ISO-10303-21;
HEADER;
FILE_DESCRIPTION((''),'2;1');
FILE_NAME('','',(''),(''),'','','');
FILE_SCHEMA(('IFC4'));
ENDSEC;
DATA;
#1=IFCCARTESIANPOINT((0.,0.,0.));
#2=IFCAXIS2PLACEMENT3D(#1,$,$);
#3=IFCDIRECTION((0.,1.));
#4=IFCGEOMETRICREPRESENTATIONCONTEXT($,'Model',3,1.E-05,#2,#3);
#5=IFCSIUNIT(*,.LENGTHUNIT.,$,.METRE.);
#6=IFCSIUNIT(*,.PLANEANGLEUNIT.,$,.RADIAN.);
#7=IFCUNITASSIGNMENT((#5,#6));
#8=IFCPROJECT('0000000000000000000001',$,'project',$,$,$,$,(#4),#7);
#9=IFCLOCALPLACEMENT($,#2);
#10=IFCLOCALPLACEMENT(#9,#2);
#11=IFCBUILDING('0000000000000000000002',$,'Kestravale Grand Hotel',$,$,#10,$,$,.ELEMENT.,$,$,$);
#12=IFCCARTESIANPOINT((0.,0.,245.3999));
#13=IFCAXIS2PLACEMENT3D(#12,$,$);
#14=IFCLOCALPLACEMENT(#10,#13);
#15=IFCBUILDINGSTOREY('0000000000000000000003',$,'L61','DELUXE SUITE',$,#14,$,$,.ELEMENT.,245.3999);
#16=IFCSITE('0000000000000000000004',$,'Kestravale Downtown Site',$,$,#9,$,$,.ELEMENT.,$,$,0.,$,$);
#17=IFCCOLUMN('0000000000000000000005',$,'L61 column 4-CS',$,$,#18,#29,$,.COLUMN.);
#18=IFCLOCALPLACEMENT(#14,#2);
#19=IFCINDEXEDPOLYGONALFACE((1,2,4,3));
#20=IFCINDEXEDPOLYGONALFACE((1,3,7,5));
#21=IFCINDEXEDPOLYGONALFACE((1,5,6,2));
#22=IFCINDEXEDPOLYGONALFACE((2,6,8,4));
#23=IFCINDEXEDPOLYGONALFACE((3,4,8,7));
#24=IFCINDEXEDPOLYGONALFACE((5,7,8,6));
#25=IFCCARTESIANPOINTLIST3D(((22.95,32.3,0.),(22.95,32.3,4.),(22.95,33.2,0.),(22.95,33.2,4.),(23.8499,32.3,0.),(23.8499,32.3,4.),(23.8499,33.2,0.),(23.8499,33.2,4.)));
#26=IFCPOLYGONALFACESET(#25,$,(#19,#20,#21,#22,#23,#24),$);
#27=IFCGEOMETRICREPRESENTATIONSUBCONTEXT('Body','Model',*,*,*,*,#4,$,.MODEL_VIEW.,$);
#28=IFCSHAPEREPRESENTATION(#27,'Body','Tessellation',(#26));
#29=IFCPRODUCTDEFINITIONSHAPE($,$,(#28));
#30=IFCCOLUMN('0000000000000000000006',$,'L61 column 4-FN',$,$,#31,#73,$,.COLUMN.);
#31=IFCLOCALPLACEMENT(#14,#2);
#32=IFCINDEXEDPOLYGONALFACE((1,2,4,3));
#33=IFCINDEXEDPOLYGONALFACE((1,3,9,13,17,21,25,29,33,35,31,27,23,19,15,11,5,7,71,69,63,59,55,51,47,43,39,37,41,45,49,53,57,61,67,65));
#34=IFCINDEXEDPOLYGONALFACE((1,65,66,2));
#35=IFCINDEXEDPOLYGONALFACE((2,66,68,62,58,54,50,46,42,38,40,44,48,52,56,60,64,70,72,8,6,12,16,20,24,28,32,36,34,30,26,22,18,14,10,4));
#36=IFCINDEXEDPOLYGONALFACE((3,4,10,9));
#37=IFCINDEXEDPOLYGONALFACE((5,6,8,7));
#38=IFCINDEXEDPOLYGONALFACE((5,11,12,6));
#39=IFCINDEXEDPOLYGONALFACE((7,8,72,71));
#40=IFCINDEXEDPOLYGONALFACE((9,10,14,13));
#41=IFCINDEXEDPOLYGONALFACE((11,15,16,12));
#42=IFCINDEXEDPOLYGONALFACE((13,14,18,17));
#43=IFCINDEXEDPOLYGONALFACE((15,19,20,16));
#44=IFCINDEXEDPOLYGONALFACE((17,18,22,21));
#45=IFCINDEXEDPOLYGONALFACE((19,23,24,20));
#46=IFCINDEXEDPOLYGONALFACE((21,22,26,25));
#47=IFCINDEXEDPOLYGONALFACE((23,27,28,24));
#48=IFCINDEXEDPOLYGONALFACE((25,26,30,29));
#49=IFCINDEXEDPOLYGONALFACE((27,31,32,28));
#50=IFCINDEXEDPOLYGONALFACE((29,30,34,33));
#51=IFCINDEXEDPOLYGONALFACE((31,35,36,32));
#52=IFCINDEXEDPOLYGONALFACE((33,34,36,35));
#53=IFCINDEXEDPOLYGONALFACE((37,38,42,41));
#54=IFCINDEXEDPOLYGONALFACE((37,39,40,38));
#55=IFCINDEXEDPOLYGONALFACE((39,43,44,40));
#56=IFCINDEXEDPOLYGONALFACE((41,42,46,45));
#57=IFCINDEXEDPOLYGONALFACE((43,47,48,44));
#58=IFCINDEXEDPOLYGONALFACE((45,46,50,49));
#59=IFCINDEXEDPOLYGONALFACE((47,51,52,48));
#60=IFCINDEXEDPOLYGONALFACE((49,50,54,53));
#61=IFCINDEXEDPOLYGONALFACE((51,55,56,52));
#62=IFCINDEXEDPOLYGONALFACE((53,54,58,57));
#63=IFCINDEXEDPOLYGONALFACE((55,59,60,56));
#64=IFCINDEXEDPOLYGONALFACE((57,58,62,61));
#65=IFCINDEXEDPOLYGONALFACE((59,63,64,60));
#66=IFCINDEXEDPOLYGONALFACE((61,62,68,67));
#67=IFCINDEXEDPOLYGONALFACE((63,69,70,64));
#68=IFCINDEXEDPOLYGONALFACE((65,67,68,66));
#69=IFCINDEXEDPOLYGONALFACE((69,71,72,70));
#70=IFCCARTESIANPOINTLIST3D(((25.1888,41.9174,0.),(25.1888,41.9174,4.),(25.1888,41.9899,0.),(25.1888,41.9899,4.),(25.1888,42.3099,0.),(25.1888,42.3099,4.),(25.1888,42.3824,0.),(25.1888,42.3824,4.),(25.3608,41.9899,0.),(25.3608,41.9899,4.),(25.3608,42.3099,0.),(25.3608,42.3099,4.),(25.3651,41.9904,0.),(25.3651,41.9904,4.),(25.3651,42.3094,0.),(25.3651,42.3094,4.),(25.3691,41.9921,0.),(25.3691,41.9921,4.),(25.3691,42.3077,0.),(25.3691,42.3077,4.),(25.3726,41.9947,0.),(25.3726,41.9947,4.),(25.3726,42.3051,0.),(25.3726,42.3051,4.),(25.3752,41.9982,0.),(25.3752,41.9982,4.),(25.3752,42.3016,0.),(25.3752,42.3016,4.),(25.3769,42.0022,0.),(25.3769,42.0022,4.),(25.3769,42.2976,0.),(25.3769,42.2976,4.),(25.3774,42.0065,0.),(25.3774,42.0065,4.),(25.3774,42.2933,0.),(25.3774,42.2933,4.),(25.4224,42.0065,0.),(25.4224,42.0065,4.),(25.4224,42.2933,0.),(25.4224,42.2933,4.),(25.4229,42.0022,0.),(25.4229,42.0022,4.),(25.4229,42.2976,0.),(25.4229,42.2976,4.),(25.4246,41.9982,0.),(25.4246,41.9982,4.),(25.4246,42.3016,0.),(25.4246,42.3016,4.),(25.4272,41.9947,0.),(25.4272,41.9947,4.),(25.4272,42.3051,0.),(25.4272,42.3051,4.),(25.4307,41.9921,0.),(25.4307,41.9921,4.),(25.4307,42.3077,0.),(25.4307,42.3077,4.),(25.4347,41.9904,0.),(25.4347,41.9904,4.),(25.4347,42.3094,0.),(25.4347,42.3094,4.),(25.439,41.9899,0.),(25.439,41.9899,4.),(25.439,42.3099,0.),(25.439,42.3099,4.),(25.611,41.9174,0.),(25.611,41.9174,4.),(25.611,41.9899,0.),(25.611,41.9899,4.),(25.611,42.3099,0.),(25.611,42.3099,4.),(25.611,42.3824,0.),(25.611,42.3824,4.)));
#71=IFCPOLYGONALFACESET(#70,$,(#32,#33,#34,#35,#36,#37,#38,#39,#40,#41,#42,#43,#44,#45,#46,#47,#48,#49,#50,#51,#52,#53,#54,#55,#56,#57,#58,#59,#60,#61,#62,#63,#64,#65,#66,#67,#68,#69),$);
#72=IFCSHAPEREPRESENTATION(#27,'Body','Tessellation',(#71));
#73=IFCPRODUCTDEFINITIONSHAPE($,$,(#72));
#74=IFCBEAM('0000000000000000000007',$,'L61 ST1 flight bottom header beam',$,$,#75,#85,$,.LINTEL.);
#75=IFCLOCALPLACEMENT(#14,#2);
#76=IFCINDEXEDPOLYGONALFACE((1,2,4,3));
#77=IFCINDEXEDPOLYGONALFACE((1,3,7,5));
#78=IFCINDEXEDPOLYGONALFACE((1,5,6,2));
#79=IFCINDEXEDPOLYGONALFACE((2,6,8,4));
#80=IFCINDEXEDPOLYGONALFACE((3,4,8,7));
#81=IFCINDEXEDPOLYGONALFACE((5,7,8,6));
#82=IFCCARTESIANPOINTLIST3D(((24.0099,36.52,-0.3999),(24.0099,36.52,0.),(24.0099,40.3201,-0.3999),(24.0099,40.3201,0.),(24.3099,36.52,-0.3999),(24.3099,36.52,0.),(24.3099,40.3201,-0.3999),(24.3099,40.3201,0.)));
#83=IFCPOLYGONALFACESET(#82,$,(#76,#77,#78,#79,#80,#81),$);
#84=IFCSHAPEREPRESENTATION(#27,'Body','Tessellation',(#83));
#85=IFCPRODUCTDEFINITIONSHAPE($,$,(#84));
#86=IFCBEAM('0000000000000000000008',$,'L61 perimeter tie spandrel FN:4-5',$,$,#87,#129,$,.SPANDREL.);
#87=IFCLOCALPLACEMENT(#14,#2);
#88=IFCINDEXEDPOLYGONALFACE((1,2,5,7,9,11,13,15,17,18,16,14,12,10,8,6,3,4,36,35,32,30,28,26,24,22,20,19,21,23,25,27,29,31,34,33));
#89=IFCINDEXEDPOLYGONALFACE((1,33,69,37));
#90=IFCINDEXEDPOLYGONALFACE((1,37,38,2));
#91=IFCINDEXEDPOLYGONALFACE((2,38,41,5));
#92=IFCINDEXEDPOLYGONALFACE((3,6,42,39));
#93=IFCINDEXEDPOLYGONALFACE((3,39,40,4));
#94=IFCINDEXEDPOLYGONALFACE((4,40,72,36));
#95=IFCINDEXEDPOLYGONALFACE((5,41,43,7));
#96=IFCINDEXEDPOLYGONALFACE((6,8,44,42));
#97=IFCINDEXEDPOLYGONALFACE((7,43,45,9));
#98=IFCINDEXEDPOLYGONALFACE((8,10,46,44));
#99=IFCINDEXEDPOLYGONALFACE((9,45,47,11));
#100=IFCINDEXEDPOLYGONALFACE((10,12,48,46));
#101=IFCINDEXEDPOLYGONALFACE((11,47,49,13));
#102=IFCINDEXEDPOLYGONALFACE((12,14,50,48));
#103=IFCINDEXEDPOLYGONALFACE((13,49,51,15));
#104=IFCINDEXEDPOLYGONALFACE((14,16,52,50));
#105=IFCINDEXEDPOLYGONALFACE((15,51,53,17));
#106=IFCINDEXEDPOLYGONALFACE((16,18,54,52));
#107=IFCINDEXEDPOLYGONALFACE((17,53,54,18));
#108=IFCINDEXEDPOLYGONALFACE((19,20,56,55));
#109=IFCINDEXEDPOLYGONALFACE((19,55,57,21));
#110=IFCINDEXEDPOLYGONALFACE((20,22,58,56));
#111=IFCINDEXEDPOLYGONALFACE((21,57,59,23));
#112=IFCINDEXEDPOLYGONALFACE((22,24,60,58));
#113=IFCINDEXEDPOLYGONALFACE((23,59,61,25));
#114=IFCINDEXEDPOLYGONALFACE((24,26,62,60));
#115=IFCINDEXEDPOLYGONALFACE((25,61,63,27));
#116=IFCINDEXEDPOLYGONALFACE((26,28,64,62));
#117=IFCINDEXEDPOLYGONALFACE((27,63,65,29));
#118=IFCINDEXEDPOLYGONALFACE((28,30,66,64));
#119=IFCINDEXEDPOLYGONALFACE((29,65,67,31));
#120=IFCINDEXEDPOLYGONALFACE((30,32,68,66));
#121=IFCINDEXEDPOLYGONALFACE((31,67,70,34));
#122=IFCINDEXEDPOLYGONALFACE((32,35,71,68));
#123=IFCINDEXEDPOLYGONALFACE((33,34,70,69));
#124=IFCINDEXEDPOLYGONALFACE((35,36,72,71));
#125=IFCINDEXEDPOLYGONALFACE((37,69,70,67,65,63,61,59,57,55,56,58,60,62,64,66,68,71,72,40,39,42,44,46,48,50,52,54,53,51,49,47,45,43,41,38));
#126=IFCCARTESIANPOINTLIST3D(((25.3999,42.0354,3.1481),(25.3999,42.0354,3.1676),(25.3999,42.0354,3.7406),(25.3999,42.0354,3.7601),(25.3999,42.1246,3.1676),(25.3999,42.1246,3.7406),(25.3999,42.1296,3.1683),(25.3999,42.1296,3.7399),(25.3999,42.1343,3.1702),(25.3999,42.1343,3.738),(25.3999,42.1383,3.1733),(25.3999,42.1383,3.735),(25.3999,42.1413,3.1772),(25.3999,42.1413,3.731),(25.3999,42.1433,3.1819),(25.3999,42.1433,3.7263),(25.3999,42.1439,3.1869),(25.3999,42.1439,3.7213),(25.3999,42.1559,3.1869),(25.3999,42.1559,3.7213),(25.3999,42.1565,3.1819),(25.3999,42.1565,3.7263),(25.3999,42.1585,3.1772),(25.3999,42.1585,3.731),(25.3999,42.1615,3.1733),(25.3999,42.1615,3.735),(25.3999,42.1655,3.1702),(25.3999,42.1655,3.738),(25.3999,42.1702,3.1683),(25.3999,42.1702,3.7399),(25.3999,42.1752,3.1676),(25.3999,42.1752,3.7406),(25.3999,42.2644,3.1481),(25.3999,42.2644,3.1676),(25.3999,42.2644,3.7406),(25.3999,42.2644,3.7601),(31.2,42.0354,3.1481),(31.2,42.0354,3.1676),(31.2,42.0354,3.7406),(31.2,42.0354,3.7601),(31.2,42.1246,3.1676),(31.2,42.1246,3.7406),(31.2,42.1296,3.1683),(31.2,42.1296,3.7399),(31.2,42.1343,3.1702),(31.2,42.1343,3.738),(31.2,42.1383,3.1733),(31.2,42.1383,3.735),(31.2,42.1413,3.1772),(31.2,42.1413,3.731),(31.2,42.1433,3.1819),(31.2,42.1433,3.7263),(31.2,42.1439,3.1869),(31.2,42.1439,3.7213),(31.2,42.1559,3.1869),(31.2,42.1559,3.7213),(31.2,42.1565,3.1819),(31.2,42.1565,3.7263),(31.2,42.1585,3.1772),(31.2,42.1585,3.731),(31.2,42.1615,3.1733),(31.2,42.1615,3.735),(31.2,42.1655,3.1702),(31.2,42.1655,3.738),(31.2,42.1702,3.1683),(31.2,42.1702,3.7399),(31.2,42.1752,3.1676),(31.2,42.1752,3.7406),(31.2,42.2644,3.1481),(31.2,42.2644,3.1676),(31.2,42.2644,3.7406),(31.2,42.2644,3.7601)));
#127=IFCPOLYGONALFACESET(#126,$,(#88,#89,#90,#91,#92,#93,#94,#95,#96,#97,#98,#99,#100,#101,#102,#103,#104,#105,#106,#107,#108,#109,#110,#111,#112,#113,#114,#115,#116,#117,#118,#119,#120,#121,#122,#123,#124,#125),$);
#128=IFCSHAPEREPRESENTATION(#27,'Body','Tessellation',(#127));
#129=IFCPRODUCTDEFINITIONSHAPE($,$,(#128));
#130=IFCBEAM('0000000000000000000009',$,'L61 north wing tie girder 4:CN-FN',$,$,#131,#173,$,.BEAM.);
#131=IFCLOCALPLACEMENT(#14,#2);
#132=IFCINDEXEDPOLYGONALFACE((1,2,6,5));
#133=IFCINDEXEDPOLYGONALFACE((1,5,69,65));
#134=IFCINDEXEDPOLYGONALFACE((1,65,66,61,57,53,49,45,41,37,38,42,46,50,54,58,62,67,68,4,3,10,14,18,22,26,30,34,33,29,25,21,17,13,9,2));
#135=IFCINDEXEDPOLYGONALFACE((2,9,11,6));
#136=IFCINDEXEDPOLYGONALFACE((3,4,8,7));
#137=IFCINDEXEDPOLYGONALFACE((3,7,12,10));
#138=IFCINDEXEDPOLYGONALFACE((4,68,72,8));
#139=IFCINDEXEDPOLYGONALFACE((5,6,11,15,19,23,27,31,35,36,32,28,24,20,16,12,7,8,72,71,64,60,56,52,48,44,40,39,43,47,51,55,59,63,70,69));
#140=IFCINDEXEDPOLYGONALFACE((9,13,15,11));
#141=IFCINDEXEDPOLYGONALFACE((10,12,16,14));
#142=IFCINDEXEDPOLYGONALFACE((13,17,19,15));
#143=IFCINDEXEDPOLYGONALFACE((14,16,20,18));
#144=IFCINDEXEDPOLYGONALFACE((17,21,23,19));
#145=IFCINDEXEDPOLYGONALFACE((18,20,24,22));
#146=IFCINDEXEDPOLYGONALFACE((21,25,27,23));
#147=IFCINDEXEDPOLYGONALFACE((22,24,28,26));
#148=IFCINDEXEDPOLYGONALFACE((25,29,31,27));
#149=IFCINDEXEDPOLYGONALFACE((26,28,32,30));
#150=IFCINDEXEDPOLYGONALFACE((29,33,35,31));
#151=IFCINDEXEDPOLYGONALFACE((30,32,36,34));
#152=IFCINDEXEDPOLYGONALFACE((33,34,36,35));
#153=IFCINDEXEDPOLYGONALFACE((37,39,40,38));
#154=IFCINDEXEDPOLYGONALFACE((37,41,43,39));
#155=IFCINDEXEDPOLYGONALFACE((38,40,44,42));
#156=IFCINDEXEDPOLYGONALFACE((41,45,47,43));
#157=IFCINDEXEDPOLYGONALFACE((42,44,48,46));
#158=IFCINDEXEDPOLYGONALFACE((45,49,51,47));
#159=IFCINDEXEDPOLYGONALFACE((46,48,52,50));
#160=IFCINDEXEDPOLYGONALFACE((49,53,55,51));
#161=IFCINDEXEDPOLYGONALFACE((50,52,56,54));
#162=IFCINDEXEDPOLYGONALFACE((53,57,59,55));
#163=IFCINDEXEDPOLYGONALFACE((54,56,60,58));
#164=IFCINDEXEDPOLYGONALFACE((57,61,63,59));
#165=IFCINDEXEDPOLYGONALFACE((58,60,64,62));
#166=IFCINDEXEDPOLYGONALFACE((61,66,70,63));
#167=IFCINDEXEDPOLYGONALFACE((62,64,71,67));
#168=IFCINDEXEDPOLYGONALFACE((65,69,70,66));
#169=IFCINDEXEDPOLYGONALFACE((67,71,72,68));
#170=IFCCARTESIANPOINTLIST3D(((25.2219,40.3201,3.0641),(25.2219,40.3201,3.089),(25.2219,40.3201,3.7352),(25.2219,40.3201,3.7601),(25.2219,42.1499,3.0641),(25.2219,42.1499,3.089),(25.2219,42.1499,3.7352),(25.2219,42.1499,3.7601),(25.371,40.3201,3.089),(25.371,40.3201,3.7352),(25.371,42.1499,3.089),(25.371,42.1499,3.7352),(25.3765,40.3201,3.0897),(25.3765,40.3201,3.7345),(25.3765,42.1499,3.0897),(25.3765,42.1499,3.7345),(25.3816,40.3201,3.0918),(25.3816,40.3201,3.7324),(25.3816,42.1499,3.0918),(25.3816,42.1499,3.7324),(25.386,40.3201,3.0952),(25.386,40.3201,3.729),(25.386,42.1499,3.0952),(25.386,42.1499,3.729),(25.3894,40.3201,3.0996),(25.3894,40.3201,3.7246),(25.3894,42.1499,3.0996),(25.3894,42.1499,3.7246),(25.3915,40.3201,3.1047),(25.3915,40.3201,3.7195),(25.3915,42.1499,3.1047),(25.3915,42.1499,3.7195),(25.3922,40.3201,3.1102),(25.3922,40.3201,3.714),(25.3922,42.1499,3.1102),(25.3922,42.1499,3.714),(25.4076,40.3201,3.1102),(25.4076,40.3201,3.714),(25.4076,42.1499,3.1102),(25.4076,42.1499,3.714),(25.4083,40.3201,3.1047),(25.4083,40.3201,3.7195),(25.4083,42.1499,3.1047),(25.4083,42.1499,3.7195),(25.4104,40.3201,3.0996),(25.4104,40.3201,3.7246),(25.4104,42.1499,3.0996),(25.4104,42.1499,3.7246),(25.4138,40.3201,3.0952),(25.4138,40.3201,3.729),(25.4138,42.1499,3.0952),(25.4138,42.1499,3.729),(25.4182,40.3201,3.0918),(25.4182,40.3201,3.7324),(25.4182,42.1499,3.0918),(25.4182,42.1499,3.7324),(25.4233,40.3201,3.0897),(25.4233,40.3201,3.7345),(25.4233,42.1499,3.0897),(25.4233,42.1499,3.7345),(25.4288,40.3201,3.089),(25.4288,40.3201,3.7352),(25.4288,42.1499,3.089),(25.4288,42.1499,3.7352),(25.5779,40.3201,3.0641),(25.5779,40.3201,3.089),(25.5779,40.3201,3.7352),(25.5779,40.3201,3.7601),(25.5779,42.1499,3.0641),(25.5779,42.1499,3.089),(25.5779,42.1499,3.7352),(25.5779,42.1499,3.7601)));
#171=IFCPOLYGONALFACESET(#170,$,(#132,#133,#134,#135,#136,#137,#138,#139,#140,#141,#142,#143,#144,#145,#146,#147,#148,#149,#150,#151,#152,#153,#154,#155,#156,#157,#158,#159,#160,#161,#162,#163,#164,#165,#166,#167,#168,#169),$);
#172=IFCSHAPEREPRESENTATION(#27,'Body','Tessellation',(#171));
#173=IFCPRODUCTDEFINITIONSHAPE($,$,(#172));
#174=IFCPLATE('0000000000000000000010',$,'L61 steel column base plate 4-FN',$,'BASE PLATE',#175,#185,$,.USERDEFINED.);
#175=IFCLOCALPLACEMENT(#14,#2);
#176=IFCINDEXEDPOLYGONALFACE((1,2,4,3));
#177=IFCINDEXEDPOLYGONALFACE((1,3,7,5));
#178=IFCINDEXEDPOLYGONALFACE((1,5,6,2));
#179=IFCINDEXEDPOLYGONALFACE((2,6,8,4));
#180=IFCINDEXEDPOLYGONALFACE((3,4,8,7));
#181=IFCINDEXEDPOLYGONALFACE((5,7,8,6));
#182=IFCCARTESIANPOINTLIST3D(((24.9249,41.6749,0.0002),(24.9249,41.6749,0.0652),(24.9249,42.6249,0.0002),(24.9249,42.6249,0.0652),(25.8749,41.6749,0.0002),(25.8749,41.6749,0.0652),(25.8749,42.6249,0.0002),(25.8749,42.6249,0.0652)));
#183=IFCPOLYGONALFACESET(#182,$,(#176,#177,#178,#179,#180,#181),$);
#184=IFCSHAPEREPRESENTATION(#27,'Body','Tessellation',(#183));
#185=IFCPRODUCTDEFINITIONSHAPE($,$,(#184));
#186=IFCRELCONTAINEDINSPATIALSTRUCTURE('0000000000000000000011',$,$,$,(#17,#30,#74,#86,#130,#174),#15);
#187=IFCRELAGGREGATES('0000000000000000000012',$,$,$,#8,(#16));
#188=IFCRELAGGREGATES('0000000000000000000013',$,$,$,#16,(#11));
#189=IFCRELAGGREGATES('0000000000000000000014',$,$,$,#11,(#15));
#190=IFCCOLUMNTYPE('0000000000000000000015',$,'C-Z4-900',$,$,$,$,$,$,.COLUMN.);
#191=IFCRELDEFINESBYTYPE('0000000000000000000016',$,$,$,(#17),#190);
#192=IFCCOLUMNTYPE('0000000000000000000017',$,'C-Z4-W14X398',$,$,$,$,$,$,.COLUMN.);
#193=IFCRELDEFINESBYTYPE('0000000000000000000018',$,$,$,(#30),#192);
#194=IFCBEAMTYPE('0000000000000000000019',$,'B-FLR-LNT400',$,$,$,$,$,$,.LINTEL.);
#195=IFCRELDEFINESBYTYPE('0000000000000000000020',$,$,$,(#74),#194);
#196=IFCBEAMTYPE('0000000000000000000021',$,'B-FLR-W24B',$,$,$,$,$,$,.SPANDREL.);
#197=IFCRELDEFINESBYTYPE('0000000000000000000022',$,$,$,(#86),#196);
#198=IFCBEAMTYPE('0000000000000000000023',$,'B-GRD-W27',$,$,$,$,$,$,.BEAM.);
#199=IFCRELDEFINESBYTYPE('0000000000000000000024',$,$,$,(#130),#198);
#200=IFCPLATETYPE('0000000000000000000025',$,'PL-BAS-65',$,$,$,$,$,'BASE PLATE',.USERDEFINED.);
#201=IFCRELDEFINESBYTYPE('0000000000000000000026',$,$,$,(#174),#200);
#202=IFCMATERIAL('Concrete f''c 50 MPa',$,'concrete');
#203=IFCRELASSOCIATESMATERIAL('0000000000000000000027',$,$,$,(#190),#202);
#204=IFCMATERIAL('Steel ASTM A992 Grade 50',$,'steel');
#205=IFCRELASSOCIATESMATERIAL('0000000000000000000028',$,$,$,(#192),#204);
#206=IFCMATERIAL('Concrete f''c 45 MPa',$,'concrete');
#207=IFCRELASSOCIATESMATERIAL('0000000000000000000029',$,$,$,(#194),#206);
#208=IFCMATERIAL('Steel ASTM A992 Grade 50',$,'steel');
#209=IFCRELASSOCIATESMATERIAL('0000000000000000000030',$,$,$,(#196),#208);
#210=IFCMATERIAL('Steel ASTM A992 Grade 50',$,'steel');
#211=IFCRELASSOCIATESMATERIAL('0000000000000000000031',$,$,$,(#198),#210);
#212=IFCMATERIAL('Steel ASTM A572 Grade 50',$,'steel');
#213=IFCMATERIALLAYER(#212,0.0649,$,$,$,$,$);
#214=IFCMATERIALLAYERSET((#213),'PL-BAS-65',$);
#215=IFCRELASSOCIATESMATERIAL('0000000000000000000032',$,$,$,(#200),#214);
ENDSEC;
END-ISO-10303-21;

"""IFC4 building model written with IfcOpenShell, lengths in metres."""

from ifc_helpers import new_model, si_unit, direction, frame, origin, origin_2d, place, context, subcontext, project, spatial, rectangle, i_section, extrude, material, layer, layer_set, material_profile, profile_set, type_object, element, save


model = new_model("IFC4")

# Units and contexts
model_context = context("Model", 3, precision=1e-05, world=origin(), true_north=direction((0.0, 1.0)))
body_context = subcontext(model_context, "Body", "Model", "MODEL_VIEW")
ifc_project = project(units=[si_unit("LENGTHUNIT", "METRE"), si_unit("PLANEANGLEUNIT", "RADIAN")], contexts=[model_context])

# Site, building, storey
site_placement = place(None, origin())
site = spatial("IfcSite", under=ifc_project, at=site_placement, Name="Kestravale Downtown Site", CompositionType="ELEMENT", RefElevation=0.0)
building_placement = place(site_placement, origin())
building = spatial("IfcBuilding", under=site, at=building_placement, Name="Kestravale Grand Hotel", CompositionType="ELEMENT")
storey_placement = place(building_placement, frame((0.0, 0.0, 245.3999)))
storey = spatial("IfcBuildingStorey", under=building, at=storey_placement, Name="L61", Description="DELUXE SUITE", CompositionType="ELEMENT", Elevation=245.3999)

# Columns
ifc_material_1 = material(Name="Concrete f'c 50 MPa", Category="concrete")
ifc_material_profile_1 = material_profile(ifc_material_1, rectangle(XDim=0.8999, YDim=0.8999, at=origin_2d()))
ifc_profile_set_1 = profile_set([ifc_material_profile_1], Name="Concrete f'c 50 MPa")
column_type_1 = type_object("IfcColumnType", Name="C-Z4-900", PredefinedType="COLUMN", material=ifc_profile_set_1)
column_1_placement = place(storey_placement, frame((23.3999, 32.75, 0.0), z_axis=(0.0, 0.0, 1.0), x_axis=(1.0, 0.0, 0.0)))
element("IfcColumn", 1, at=column_1_placement, inside=storey, type_object=column_type_1, Name="L61 column 4-CS", PredefinedType="COLUMN", context=body_context, shape_type="SweptSolid", body=[
    extrude(rectangle(XDim=0.8999, YDim=0.8999, at=origin_2d()), origin(), (0.0, 0.0, 1.0), 4.0),
])
ifc_material_2 = material(Name="Steel ASTM A992 Grade 50", Category="steel")
ifc_material_profile_2 = material_profile(ifc_material_2, i_section(OverallWidth=0.4221, OverallDepth=0.4651, WebThickness=0.0449, FlangeThickness=0.0725, FilletRadius=0.0166, at=origin_2d()))
ifc_profile_set_2 = profile_set([ifc_material_profile_2], Name="Steel ASTM A992 Grade 50")
column_type_2 = type_object("IfcColumnType", Name="C-Z4-W14X398", PredefinedType="COLUMN", material=ifc_profile_set_2)
column_2_placement = place(storey_placement, frame((25.3999, 42.1499, 0.0), z_axis=(0.0, 0.0, 1.0), x_axis=(1.0, 0.0, 0.0)))
element("IfcColumn", 2, at=column_2_placement, inside=storey, type_object=column_type_2, Name="L61 column 4-FN", PredefinedType="COLUMN", context=body_context, shape_type="SweptSolid", body=[
    extrude(i_section(OverallWidth=0.4221, OverallDepth=0.4651, WebThickness=0.0449, FlangeThickness=0.0725, FilletRadius=0.0166, at=origin_2d()), origin(), (0.0, 0.0, 1.0), 4.0),
])

# Beams
ifc_material_3 = material(Name="Concrete f'c 45 MPa", Category="concrete")
ifc_material_profile_3 = material_profile(ifc_material_3, rectangle(XDim=0.3, YDim=0.3999, at=origin_2d()))
ifc_profile_set_3 = profile_set([ifc_material_profile_3], Name="Concrete f'c 45 MPa")
beam_type_1 = type_object("IfcBeamType", Name="B-FLR-LNT400", PredefinedType="LINTEL", material=ifc_profile_set_3)
beam_1_placement = place(storey_placement, frame((24.1599, 36.52, -0.2), z_axis=(0.0, 1.0, 0.0), x_axis=(-1.0, 0.0, 0.0)))
element("IfcBeam", 3, at=beam_1_placement, inside=storey, type_object=beam_type_1, Name="L61 ST1 flight bottom header beam", PredefinedType="LINTEL", context=body_context, shape_type="SweptSolid", body=[
    extrude(rectangle(XDim=0.3, YDim=0.3999, at=origin_2d()), origin(), (0.0, 0.0, 1.0), 3.8),
])
ifc_material_4 = material(Name="Steel ASTM A992 Grade 50", Category="steel")
ifc_material_profile_4 = material_profile(ifc_material_4, i_section(OverallWidth=0.229, OverallDepth=0.6121, WebThickness=0.012, FlangeThickness=0.0195, FilletRadius=0.0193, at=origin_2d()))
ifc_profile_set_4 = profile_set([ifc_material_profile_4], Name="Steel ASTM A992 Grade 50")
beam_type_2 = type_object("IfcBeamType", Name="B-FLR-W24B", PredefinedType="SPANDREL", material=ifc_profile_set_4)
beam_2_placement = place(storey_placement, frame((25.3999, 42.1499, 3.4541), z_axis=(1.0, 0.0, 0.0), x_axis=(0.0, 1.0, 0.0)))
element("IfcBeam", 4, at=beam_2_placement, inside=storey, type_object=beam_type_2, Name="L61 perimeter tie spandrel FN:4-5", PredefinedType="SPANDREL", context=body_context, shape_type="SweptSolid", body=[
    extrude(i_section(OverallWidth=0.229, OverallDepth=0.6121, WebThickness=0.012, FlangeThickness=0.0195, FilletRadius=0.0193, at=origin_2d()), origin(), (0.0, 0.0, 1.0), 5.8),
])
ifc_material_5 = material(Name="Steel ASTM A992 Grade 50", Category="steel")
ifc_material_profile_5 = material_profile(ifc_material_5, i_section(OverallWidth=0.356, OverallDepth=0.696, WebThickness=0.0154, FlangeThickness=0.0249, FilletRadius=0.0212, at=origin_2d()))
ifc_profile_set_5 = profile_set([ifc_material_profile_5], Name="Steel ASTM A992 Grade 50")
beam_type_3 = type_object("IfcBeamType", Name="B-GRD-W27", PredefinedType="BEAM", material=ifc_profile_set_5)
beam_3_placement = place(storey_placement, frame((25.3999, 40.3201, 3.4121), z_axis=(0.0, 1.0, 0.0), x_axis=(-1.0, 0.0, 0.0)))
element("IfcBeam", 5, at=beam_3_placement, inside=storey, type_object=beam_type_3, Name="L61 north wing tie girder 4:CN-FN", PredefinedType="BEAM", context=body_context, shape_type="SweptSolid", body=[
    extrude(i_section(OverallWidth=0.356, OverallDepth=0.696, WebThickness=0.0154, FlangeThickness=0.0249, FilletRadius=0.0212, at=origin_2d()), origin(), (0.0, 0.0, 1.0), 1.8298),
])

# Plate
ifc_material_6 = material(Name="Steel ASTM A572 Grade 50", Category="steel")
ifc_layer_1 = layer(ifc_material_6, 0.0649)
ifc_layer_set_1 = layer_set([ifc_layer_1], Name="PL-BAS-65")
plate_type = type_object("IfcPlateType", Name="PL-BAS-65", ElementType="BASE PLATE", PredefinedType="USERDEFINED", material=ifc_layer_set_1)
plate_placement = place(storey_placement, frame((25.3999, 42.1499, 0.0002), z_axis=(0.0, 0.0, 1.0), x_axis=(1.0, 0.0, 0.0)))
element("IfcPlate", 6, at=plate_placement, inside=storey, type_object=plate_type, Name="L61 steel column base plate 4-FN", ObjectType="BASE PLATE", PredefinedType="USERDEFINED", context=body_context, shape_type="SweptSolid", body=[
    extrude(rectangle(XDim=0.95, YDim=0.95, at=origin_2d()), origin(), (0.0, 0.0, 1.0), 0.0649),
])

save(model, "model.ifc")
